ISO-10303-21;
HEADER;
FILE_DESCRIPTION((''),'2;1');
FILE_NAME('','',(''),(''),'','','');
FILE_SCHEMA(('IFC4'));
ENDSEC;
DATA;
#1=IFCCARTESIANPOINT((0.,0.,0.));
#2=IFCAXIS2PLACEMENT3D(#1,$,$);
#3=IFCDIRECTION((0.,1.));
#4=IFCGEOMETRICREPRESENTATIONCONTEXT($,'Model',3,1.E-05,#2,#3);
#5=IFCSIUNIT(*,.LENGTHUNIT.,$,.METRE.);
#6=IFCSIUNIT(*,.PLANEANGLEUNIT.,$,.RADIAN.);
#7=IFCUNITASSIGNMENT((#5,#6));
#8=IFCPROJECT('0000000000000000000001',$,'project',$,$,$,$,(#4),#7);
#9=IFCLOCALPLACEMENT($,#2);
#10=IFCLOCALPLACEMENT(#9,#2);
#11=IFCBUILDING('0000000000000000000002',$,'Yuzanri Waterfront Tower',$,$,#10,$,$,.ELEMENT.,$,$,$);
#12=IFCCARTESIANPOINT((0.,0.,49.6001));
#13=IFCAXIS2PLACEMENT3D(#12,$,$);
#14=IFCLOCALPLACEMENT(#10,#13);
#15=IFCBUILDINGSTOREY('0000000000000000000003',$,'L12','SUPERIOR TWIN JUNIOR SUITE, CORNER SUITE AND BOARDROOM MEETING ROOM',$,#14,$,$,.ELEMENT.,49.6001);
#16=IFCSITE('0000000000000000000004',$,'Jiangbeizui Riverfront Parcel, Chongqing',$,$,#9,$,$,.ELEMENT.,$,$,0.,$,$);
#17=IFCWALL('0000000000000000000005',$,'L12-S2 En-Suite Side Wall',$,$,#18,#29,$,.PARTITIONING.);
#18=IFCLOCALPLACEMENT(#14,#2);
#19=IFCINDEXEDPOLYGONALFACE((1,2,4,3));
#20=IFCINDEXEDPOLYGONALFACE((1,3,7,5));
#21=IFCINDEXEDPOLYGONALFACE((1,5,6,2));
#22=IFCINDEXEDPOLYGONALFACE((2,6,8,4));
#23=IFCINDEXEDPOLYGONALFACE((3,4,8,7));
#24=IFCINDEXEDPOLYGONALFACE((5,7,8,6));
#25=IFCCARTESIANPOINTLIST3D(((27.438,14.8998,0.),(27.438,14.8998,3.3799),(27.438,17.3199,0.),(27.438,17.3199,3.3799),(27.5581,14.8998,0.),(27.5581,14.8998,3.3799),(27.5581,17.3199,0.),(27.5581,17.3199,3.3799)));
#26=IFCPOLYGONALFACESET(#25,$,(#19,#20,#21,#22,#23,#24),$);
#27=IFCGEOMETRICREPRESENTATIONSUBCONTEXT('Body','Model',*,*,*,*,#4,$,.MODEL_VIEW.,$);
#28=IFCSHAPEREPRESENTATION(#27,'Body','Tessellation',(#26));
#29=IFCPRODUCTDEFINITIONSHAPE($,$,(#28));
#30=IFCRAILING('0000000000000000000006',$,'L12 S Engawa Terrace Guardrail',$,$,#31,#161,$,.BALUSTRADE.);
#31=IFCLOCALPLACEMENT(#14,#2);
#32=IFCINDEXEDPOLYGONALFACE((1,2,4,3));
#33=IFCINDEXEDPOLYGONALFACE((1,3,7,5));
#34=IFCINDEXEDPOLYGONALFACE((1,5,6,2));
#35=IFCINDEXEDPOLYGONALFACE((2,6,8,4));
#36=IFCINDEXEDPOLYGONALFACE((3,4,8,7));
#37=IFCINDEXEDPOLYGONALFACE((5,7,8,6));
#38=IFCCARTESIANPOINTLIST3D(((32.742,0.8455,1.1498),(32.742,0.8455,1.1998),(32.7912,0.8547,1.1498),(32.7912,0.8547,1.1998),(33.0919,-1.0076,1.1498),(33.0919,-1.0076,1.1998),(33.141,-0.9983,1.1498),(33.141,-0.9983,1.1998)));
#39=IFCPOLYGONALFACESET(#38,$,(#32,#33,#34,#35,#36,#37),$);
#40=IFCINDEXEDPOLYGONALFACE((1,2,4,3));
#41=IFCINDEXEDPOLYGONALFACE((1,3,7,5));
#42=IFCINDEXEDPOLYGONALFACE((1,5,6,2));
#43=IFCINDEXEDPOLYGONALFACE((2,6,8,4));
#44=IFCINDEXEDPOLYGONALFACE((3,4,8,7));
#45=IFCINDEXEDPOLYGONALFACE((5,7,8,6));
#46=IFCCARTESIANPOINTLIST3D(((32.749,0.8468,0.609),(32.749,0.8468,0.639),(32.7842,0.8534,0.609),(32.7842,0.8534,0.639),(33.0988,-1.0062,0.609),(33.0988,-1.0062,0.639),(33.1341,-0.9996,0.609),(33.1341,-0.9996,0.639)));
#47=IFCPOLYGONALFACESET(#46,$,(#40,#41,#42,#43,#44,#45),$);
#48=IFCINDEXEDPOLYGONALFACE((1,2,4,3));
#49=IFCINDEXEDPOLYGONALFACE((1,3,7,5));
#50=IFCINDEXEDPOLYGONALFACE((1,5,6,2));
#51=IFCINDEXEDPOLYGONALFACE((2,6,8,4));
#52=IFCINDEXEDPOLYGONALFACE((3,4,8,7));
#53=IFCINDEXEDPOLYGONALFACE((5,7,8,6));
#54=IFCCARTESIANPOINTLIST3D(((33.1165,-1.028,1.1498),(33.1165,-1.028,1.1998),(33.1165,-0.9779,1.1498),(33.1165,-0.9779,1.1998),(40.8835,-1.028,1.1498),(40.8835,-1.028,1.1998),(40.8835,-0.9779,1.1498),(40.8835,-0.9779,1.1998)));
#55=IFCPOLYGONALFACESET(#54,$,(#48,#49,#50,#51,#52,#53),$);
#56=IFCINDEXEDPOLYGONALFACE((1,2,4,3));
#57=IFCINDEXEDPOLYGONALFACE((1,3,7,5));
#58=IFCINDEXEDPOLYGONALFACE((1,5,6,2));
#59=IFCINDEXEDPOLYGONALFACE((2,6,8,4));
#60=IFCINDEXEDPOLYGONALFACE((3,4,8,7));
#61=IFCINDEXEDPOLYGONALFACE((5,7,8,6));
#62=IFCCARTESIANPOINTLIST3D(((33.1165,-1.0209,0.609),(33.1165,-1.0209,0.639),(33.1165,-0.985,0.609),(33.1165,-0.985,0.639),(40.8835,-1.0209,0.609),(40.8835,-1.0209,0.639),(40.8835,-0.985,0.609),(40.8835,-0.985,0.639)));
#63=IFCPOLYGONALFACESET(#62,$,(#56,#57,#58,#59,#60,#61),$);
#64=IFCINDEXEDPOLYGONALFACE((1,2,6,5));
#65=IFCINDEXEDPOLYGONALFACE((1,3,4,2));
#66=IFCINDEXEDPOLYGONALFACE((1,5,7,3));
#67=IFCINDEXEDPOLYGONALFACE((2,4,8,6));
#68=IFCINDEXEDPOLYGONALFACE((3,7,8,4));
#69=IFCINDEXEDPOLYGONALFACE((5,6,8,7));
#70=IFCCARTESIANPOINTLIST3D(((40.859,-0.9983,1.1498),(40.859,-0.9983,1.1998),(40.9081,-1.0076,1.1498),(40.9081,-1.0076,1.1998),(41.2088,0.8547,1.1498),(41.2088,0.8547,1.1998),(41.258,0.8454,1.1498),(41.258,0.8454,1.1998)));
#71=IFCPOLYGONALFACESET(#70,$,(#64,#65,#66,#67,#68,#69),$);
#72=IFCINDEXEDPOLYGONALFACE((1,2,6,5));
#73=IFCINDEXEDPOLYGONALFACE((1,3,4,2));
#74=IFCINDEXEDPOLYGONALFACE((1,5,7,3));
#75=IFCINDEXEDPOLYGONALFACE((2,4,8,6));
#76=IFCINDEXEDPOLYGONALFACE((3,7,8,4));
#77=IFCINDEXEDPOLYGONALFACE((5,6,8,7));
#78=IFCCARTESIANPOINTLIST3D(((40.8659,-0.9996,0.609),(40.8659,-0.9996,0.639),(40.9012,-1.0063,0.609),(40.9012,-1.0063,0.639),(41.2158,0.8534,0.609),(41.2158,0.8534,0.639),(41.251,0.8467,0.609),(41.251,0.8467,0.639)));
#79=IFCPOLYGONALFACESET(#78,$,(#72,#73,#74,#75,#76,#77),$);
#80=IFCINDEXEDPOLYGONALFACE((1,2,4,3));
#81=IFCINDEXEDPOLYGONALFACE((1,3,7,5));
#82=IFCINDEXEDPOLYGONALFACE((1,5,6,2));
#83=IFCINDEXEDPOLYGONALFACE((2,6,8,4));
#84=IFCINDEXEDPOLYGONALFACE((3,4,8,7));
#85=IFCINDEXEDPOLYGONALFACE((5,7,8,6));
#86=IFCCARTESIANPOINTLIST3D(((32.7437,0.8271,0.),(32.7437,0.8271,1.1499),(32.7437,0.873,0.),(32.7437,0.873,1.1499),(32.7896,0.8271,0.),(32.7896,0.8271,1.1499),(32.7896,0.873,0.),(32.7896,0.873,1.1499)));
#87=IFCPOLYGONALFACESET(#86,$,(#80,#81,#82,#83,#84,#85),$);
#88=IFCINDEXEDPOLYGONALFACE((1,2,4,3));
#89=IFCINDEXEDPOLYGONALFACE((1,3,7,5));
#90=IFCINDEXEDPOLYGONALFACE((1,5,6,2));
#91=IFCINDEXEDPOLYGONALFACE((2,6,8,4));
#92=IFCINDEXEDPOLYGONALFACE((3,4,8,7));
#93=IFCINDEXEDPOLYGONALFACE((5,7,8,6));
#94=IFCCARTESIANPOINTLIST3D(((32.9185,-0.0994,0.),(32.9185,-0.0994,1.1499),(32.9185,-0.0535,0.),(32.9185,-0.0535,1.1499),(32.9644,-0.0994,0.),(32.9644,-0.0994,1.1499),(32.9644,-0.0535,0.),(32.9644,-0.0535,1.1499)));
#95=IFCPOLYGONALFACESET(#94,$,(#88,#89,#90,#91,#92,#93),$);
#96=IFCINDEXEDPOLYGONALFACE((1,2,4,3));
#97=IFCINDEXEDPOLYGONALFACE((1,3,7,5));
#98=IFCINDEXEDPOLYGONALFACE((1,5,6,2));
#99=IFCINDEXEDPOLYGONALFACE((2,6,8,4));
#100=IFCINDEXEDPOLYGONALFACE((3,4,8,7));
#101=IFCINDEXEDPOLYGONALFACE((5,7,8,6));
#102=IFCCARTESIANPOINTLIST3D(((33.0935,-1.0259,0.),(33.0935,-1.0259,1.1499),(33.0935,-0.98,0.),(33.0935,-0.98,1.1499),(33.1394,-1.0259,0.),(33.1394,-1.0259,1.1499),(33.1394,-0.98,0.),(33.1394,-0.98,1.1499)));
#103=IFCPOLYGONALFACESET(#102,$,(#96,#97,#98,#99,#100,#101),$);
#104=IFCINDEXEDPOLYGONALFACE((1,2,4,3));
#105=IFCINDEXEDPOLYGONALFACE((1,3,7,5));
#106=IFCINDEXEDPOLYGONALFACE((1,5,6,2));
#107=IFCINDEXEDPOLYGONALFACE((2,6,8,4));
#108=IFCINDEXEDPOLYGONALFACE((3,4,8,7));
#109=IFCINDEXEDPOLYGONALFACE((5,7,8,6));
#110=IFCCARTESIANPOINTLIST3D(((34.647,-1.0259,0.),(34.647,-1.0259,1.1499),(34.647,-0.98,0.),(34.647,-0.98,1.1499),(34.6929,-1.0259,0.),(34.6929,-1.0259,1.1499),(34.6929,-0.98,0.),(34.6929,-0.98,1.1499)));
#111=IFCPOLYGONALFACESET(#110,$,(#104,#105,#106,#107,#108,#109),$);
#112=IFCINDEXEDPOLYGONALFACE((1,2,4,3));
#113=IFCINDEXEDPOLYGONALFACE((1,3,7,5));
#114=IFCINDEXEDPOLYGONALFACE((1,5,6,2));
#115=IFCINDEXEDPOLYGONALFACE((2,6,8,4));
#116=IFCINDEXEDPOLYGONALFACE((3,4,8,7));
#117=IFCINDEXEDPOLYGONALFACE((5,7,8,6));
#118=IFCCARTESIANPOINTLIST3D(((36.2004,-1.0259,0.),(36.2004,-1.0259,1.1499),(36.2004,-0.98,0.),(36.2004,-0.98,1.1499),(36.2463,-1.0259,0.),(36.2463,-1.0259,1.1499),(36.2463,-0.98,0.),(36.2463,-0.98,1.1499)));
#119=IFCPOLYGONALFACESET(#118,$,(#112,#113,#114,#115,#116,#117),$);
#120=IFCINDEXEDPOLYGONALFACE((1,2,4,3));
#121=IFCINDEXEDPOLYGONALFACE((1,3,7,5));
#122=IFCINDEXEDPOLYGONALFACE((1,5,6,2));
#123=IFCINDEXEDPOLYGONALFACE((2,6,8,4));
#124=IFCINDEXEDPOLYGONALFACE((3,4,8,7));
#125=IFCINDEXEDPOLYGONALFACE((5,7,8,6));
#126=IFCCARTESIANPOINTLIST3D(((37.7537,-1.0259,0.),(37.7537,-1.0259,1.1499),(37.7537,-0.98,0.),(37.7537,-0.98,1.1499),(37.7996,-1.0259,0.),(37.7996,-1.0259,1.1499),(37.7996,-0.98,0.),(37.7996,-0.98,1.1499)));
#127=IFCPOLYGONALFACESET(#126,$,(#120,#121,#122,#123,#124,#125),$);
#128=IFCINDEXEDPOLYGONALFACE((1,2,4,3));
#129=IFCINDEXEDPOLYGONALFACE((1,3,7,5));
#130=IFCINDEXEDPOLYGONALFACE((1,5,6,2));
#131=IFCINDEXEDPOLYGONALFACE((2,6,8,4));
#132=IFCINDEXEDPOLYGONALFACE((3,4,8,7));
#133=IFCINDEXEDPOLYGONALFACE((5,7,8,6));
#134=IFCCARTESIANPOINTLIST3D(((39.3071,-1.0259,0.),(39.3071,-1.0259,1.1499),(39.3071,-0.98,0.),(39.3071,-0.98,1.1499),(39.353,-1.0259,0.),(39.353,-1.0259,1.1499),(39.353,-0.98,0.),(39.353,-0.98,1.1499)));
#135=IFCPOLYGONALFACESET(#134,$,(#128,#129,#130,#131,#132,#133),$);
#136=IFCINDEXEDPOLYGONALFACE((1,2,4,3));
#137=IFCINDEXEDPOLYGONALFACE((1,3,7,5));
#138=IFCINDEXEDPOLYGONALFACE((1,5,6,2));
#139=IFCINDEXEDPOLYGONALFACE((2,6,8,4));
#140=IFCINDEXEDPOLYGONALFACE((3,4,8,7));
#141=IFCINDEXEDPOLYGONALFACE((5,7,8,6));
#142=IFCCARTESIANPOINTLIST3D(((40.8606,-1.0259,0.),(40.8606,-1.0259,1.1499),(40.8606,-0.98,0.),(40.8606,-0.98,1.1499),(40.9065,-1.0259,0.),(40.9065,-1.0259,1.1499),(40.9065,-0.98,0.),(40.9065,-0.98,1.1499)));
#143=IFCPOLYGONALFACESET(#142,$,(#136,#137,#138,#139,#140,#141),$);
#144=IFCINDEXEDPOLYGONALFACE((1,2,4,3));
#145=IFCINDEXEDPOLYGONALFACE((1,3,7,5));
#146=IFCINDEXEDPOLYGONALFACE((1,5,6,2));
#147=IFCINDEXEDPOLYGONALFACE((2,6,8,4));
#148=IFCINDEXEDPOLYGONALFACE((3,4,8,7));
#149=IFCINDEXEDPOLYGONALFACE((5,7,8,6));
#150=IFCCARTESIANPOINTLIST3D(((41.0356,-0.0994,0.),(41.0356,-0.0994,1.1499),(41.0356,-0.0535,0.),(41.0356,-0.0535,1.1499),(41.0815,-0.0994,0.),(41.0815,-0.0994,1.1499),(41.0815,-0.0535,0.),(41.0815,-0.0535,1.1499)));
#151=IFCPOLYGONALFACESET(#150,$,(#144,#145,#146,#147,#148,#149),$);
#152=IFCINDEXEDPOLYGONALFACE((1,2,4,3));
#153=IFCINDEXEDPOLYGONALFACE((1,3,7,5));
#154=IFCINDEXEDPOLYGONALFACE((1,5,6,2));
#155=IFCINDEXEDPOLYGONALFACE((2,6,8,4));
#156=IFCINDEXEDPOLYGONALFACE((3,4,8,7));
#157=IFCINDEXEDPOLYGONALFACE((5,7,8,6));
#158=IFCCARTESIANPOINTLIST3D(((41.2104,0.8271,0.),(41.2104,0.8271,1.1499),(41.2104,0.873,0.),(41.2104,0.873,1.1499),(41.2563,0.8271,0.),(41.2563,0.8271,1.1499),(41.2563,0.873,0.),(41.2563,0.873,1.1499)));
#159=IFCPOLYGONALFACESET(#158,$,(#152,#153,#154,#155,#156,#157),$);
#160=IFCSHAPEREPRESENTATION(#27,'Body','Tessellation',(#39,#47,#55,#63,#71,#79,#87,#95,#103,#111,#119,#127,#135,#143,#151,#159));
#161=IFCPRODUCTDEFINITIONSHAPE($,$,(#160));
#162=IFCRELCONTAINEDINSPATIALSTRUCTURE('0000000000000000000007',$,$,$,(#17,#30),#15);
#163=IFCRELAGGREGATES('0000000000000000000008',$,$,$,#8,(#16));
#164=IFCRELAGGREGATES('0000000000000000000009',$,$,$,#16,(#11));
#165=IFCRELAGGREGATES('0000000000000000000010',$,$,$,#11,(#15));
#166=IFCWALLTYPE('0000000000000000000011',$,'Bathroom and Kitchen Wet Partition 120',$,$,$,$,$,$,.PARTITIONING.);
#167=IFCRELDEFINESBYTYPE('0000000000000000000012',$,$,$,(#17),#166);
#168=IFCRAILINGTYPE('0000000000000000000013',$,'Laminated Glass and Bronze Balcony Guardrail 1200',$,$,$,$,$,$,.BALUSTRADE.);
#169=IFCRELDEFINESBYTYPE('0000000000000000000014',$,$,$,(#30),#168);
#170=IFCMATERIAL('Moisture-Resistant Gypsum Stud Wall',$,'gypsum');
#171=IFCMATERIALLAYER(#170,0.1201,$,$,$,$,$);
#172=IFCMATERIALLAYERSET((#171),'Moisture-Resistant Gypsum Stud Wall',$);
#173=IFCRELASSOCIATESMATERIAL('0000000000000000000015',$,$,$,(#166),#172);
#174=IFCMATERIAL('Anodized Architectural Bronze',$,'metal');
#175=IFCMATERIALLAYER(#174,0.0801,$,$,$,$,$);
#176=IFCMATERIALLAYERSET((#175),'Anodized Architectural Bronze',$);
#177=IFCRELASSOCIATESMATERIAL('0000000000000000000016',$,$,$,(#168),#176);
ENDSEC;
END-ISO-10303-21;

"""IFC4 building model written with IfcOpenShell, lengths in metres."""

from ifc_helpers import new_model, si_unit, direction, frame, frame_2d, origin, origin_2d, place, context, subcontext, project, spatial, rectangle, extrude, source, transform, mapped, material, layer, layer_set, type_object, element, save


model = new_model("IFC4")

# Units and contexts
model_context = context("Model", 3, precision=1e-05, world=origin(), true_north=direction((0.0, 1.0)))
body_context = subcontext(model_context, "Body", "Model", "MODEL_VIEW")
ifc_project = project(units=[si_unit("LENGTHUNIT", "METRE"), si_unit("PLANEANGLEUNIT", "RADIAN")], contexts=[model_context])

# Site, building, storey
site_placement = place(None, origin())
site = spatial("IfcSite", under=ifc_project, at=site_placement, Name="Jiangbeizui Riverfront Parcel, Chongqing", CompositionType="ELEMENT", RefElevation=0.0)
building_placement = place(site_placement, origin())
building = spatial("IfcBuilding", under=site, at=building_placement, Name="Yuzanri Waterfront Tower", CompositionType="ELEMENT")
storey_placement = place(building_placement, frame((0.0, 0.0, 49.6001)))
storey = spatial("IfcBuildingStorey", under=building, at=storey_placement, Name="L12", Description="SUPERIOR TWIN JUNIOR SUITE, CORNER SUITE AND BOARDROOM MEETING ROOM", CompositionType="ELEMENT", Elevation=49.6001)

# Shared definitions
ifc_material_1 = material(Name="Moisture-Resistant Gypsum Stud Wall", Category="gypsum")
ifc_layer_1 = layer(ifc_material_1, 0.1201)
ifc_layer_set_1 = layer_set([ifc_layer_1], Name="Moisture-Resistant Gypsum Stud Wall")
wall_type_1 = type_object("IfcWallType", Name="Bathroom and Kitchen Wet Partition 120", PredefinedType="PARTITIONING", material=ifc_layer_set_1)

# Wall
shared_shape_1 = source(origin(), body_context, "Body", "SweptSolid", [
    extrude(rectangle(XDim=2.4202, YDim=0.1201, at=frame_2d((1.21, 0.0))), origin(), (0.0, 0.0, 1.0), 3.3799),
])
wall_1_placement = place(storey_placement, frame((27.498, 14.8999, 0.0), z_axis=(0.0, 0.0, 1.0), x_axis=(0.0, 1.0, 0.0)))
element("IfcWall", 1, at=wall_1_placement, inside=storey, type_object=wall_type_1, Name="L12-S2 En-Suite Side Wall", PredefinedType="PARTITIONING", context=body_context, shape_type="MappedRepresentation", body=[
    mapped(shared_shape_1, transform((0.0, 0.0, 0.0), scale=1.0)),
])

# Railing
ifc_material_2 = material(Name="Anodized Architectural Bronze", Category="metal")
ifc_layer_2 = layer(ifc_material_2, 0.0801)
ifc_layer_set_2 = layer_set([ifc_layer_2], Name="Anodized Architectural Bronze")
railing_type = type_object("IfcRailingType", Name="Laminated Glass and Bronze Balcony Guardrail 1200", PredefinedType="BALUSTRADE", material=ifc_layer_set_2)
shared_shape_2 = source(origin(), body_context, "Body", "SweptSolid", [
    extrude(rectangle(XDim=0.05, YDim=0.05, at=origin_2d()), frame((0.0, 0.0, 1.1748), z_axis=(0.185523, -0.98264, 0.0), x_axis=(0.98264, 0.185523, 0.0)), (0.0, 0.0, 1.0), 1.8857),
    extrude(rectangle(XDim=0.0359, YDim=0.03, at=origin_2d()), frame((0.0, 0.0, 0.624), z_axis=(0.185523, -0.98264, 0.0), x_axis=(0.98264, 0.185523, 0.0)), (0.0, 0.0, 1.0), 1.8857),
    extrude(rectangle(XDim=0.05, YDim=0.05, at=origin_2d()), frame((0.3499, -1.853, 1.1748), z_axis=(1.0, 0.0, 0.0), x_axis=(0.0, 1.0, 0.0)), (0.0, 0.0, 1.0), 7.7671),
    extrude(rectangle(XDim=0.0359, YDim=0.03, at=origin_2d()), frame((0.3499, -1.853, 0.624), z_axis=(1.0, 0.0, 0.0), x_axis=(0.0, 1.0, 0.0)), (0.0, 0.0, 1.0), 7.7671),
    extrude(rectangle(XDim=0.05, YDim=0.05, at=origin_2d()), frame((8.1169, -1.853, 1.1748), z_axis=(0.185523, 0.98264, 0.0), x_axis=(-0.98264, 0.185523, 0.0)), (0.0, 0.0, 1.0), 1.8857),
    extrude(rectangle(XDim=0.0359, YDim=0.03, at=origin_2d()), frame((8.1169, -1.853, 0.624), z_axis=(0.185523, 0.98264, 0.0), x_axis=(-0.98264, 0.185523, 0.0)), (0.0, 0.0, 1.0), 1.8857),
    extrude(rectangle(XDim=0.0459, YDim=0.0459, at=origin_2d()), origin(), (0.0, 0.0, 1.0), 1.1499),
    extrude(rectangle(XDim=0.0459, YDim=0.0459, at=origin_2d()), frame((0.1748, -0.9265, 0.0)), (0.0, 0.0, 1.0), 1.1499),
    extrude(rectangle(XDim=0.0459, YDim=0.0459, at=origin_2d()), frame((0.3499, -1.853, 0.0)), (0.0, 0.0, 1.0), 1.1499),
    extrude(rectangle(XDim=0.0459, YDim=0.0459, at=origin_2d()), frame((1.9033, -1.853, 0.0)), (0.0, 0.0, 1.0), 1.1499),
    extrude(rectangle(XDim=0.0459, YDim=0.0459, at=origin_2d()), frame((3.4568, -1.853, 0.0)), (0.0, 0.0, 1.0), 1.1499),
    extrude(rectangle(XDim=0.0459, YDim=0.0459, at=origin_2d()), frame((5.01, -1.853, 0.0)), (0.0, 0.0, 1.0), 1.1499),
    extrude(rectangle(XDim=0.0459, YDim=0.0459, at=origin_2d()), frame((6.5635, -1.853, 0.0)), (0.0, 0.0, 1.0), 1.1499),
    extrude(rectangle(XDim=0.0459, YDim=0.0459, at=origin_2d()), frame((8.1169, -1.853, 0.0)), (0.0, 0.0, 1.0), 1.1499),
    extrude(rectangle(XDim=0.0459, YDim=0.0459, at=origin_2d()), frame((8.292, -0.9265, 0.0)), (0.0, 0.0, 1.0), 1.1499),
    extrude(rectangle(XDim=0.0459, YDim=0.0459, at=origin_2d()), frame((8.4668, 0.0, 0.0)), (0.0, 0.0, 1.0), 1.1499),
])
railing_placement = place(storey_placement, frame((32.7666, 0.8501, 0.0)))
element("IfcRailing", 2, at=railing_placement, inside=storey, type_object=railing_type, Name="L12 S Engawa Terrace Guardrail", PredefinedType="BALUSTRADE", context=body_context, shape_type="MappedRepresentation", body=[
    mapped(shared_shape_2, transform((0.0, 0.0, 0.0), scale=1.0)),
])

save(model, "model.ifc")
